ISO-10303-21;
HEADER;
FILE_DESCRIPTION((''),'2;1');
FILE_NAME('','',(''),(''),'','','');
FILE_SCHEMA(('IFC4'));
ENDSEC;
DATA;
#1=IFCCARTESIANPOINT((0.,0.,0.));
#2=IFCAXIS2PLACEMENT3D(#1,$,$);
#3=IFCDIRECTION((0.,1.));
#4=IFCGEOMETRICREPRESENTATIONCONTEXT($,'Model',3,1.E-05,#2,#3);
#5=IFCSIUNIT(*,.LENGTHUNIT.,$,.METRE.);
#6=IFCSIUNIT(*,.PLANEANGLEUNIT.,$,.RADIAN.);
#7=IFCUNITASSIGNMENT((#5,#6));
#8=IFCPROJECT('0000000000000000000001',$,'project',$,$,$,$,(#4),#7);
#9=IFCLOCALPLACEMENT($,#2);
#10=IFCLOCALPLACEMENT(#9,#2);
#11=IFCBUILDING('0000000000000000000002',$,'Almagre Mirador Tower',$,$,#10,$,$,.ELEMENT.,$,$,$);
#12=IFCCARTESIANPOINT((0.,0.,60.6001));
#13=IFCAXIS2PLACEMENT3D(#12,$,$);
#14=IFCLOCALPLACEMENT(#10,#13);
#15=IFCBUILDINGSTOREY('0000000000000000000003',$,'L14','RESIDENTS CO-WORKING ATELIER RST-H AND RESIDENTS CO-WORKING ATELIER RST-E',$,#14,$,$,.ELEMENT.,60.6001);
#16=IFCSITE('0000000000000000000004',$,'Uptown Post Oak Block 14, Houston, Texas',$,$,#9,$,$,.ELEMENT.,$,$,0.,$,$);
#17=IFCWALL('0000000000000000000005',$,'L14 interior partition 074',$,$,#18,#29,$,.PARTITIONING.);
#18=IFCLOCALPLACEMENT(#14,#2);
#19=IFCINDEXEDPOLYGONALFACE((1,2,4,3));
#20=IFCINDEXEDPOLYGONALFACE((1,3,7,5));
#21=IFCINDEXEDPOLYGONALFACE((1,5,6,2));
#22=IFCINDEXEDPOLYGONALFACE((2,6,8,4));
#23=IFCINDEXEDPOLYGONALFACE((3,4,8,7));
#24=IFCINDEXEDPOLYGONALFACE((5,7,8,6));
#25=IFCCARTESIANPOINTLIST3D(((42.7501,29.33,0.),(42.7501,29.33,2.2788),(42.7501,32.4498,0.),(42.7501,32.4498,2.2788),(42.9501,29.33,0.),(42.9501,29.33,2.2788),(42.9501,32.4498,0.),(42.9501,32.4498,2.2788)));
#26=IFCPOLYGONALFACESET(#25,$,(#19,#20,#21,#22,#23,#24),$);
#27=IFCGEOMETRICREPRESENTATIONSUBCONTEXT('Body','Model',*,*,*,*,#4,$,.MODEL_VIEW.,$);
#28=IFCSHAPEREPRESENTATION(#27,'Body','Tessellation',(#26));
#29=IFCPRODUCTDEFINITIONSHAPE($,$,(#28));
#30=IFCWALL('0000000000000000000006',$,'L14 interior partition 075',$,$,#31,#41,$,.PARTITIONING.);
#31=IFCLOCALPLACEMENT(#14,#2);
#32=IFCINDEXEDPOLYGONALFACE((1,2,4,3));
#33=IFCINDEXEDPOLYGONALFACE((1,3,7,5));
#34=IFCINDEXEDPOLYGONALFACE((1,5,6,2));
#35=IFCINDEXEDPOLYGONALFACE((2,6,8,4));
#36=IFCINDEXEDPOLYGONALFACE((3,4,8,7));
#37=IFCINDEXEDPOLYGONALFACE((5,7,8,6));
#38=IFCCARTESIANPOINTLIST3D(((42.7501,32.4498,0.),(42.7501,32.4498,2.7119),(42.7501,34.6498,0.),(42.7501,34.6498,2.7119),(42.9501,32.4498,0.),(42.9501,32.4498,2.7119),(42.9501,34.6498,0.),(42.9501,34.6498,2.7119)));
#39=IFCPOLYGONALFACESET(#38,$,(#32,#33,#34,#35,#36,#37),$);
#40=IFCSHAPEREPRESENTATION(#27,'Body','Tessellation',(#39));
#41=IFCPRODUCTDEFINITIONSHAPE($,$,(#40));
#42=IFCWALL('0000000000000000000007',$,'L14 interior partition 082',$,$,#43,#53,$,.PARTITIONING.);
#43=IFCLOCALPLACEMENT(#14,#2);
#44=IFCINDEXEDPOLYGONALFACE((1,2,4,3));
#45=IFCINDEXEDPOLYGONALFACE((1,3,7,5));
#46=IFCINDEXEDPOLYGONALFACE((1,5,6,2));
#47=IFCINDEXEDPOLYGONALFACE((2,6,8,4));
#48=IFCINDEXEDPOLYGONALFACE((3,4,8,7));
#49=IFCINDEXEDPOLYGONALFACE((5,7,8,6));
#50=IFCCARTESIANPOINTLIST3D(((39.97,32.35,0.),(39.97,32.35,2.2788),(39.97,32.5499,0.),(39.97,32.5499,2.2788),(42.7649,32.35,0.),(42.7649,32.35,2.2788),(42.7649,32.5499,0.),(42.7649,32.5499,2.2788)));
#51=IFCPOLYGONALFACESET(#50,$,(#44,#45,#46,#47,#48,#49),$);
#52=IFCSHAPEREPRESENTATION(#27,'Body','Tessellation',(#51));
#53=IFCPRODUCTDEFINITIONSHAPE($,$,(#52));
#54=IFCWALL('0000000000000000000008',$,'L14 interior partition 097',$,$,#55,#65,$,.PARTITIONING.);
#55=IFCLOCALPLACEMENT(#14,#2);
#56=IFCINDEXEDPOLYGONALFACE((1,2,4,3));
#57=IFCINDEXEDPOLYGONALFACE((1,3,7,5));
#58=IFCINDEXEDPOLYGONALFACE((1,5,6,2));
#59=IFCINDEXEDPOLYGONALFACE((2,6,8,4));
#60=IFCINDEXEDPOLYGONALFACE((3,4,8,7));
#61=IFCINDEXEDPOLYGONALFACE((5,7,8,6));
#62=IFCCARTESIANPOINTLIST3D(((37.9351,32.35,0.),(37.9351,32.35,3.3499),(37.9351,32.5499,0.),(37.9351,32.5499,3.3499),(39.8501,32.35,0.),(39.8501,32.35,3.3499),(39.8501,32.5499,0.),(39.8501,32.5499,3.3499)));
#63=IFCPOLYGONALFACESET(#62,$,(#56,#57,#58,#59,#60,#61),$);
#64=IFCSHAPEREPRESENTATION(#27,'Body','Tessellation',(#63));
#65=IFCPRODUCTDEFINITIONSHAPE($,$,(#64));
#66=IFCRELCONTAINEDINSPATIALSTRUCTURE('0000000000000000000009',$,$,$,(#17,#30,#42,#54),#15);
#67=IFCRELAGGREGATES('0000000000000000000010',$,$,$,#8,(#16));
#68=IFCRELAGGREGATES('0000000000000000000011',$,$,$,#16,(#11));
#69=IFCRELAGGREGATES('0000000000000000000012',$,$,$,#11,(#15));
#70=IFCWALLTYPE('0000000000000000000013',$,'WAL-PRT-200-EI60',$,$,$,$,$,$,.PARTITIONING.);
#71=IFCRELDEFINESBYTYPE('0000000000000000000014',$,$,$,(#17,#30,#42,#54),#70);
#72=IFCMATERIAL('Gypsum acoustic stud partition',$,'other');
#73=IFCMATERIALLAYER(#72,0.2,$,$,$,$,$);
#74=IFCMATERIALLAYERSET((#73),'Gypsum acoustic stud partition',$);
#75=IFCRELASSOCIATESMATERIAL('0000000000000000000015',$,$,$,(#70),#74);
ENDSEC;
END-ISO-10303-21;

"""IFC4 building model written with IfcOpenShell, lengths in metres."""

from ifc_helpers import new_model, si_unit, direction, frame, frame_2d, origin, place, context, subcontext, project, spatial, rectangle, extrude, material, layer, layer_set, type_object, element, save


model = new_model("IFC4")

# Units and contexts
model_context = context("Model", 3, precision=1e-05, world=origin(), true_north=direction((0.0, 1.0)))
body_context = subcontext(model_context, "Body", "Model", "MODEL_VIEW")
ifc_project = project(units=[si_unit("LENGTHUNIT", "METRE"), si_unit("PLANEANGLEUNIT", "RADIAN")], contexts=[model_context])

# Site, building, storey
site_placement = place(None, origin())
site = spatial("IfcSite", under=ifc_project, at=site_placement, Name="Uptown Post Oak Block 14, Houston, Texas", CompositionType="ELEMENT", RefElevation=0.0)
building_placement = place(site_placement, origin())
building = spatial("IfcBuilding", under=site, at=building_placement, Name="Almagre Mirador Tower", CompositionType="ELEMENT")
storey_placement = place(building_placement, frame((0.0, 0.0, 60.6001)))
storey = spatial("IfcBuildingStorey", under=building, at=storey_placement, Name="L14", Description="RESIDENTS CO-WORKING ATELIER RST-H AND RESIDENTS CO-WORKING ATELIER RST-E", CompositionType="ELEMENT", Elevation=60.6001)

# Walls
ifc_material_1 = material(Name="Gypsum acoustic stud partition", Category="other")
ifc_layer_1 = layer(ifc_material_1, 0.2)
ifc_layer_set_1 = layer_set([ifc_layer_1], Name="Gypsum acoustic stud partition")
wall_type_1 = type_object("IfcWallType", Name="WAL-PRT-200-EI60", PredefinedType="PARTITIONING", material=ifc_layer_set_1)
wall_1_placement = place(storey_placement, frame((42.8501, 32.45, 0.0), z_axis=(0.0, 0.0, 1.0), x_axis=(0.0, -1.0, 0.0)))
element("IfcWall", 1, at=wall_1_placement, inside=storey, type_object=wall_type_1, Name="L14 interior partition 074", PredefinedType="PARTITIONING", context=body_context, shape_type="SweptSolid", body=[
    extrude(rectangle(XDim=3.1199, YDim=0.2, at=frame_2d((1.5601, 0.0))), origin(), (0.0, 0.0, 1.0), 2.2788),
])
wall_2_placement = place(storey_placement, frame((42.8501, 34.6499, 0.0), z_axis=(0.0, 0.0, 1.0), x_axis=(0.0, -1.0, 0.0)))
element("IfcWall", 2, at=wall_2_placement, inside=storey, type_object=wall_type_1, Name="L14 interior partition 075", PredefinedType="PARTITIONING", context=body_context, shape_type="SweptSolid", body=[
    extrude(rectangle(XDim=2.2, YDim=0.2, at=frame_2d((1.1001, 0.0))), origin(), (0.0, 0.0, 1.0), 2.7119),
])
wall_3_placement = place(storey_placement, frame((42.7649, 32.45, 0.0), z_axis=(0.0, 0.0, 1.0), x_axis=(-1.0, 0.0, 0.0)))
element("IfcWall", 3, at=wall_3_placement, inside=storey, type_object=wall_type_1, Name="L14 interior partition 082", PredefinedType="PARTITIONING", context=body_context, shape_type="SweptSolid", body=[
    extrude(rectangle(XDim=2.7949, YDim=0.2, at=frame_2d((1.3975, 0.0))), origin(), (0.0, 0.0, 1.0), 2.2788),
])
wall_4_placement = place(storey_placement, frame((37.9351, 32.45, 0.0), z_axis=(0.0, 0.0, 1.0), x_axis=(1.0, 0.0, 0.0)))
element("IfcWall", 4, at=wall_4_placement, inside=storey, type_object=wall_type_1, Name="L14 interior partition 097", PredefinedType="PARTITIONING", context=body_context, shape_type="SweptSolid", body=[
    extrude(rectangle(XDim=1.915, YDim=0.2, at=frame_2d((0.9575, 0.0))), origin(), (0.0, 0.0, 1.0), 3.3499),
])

save(model, "model.ifc")
